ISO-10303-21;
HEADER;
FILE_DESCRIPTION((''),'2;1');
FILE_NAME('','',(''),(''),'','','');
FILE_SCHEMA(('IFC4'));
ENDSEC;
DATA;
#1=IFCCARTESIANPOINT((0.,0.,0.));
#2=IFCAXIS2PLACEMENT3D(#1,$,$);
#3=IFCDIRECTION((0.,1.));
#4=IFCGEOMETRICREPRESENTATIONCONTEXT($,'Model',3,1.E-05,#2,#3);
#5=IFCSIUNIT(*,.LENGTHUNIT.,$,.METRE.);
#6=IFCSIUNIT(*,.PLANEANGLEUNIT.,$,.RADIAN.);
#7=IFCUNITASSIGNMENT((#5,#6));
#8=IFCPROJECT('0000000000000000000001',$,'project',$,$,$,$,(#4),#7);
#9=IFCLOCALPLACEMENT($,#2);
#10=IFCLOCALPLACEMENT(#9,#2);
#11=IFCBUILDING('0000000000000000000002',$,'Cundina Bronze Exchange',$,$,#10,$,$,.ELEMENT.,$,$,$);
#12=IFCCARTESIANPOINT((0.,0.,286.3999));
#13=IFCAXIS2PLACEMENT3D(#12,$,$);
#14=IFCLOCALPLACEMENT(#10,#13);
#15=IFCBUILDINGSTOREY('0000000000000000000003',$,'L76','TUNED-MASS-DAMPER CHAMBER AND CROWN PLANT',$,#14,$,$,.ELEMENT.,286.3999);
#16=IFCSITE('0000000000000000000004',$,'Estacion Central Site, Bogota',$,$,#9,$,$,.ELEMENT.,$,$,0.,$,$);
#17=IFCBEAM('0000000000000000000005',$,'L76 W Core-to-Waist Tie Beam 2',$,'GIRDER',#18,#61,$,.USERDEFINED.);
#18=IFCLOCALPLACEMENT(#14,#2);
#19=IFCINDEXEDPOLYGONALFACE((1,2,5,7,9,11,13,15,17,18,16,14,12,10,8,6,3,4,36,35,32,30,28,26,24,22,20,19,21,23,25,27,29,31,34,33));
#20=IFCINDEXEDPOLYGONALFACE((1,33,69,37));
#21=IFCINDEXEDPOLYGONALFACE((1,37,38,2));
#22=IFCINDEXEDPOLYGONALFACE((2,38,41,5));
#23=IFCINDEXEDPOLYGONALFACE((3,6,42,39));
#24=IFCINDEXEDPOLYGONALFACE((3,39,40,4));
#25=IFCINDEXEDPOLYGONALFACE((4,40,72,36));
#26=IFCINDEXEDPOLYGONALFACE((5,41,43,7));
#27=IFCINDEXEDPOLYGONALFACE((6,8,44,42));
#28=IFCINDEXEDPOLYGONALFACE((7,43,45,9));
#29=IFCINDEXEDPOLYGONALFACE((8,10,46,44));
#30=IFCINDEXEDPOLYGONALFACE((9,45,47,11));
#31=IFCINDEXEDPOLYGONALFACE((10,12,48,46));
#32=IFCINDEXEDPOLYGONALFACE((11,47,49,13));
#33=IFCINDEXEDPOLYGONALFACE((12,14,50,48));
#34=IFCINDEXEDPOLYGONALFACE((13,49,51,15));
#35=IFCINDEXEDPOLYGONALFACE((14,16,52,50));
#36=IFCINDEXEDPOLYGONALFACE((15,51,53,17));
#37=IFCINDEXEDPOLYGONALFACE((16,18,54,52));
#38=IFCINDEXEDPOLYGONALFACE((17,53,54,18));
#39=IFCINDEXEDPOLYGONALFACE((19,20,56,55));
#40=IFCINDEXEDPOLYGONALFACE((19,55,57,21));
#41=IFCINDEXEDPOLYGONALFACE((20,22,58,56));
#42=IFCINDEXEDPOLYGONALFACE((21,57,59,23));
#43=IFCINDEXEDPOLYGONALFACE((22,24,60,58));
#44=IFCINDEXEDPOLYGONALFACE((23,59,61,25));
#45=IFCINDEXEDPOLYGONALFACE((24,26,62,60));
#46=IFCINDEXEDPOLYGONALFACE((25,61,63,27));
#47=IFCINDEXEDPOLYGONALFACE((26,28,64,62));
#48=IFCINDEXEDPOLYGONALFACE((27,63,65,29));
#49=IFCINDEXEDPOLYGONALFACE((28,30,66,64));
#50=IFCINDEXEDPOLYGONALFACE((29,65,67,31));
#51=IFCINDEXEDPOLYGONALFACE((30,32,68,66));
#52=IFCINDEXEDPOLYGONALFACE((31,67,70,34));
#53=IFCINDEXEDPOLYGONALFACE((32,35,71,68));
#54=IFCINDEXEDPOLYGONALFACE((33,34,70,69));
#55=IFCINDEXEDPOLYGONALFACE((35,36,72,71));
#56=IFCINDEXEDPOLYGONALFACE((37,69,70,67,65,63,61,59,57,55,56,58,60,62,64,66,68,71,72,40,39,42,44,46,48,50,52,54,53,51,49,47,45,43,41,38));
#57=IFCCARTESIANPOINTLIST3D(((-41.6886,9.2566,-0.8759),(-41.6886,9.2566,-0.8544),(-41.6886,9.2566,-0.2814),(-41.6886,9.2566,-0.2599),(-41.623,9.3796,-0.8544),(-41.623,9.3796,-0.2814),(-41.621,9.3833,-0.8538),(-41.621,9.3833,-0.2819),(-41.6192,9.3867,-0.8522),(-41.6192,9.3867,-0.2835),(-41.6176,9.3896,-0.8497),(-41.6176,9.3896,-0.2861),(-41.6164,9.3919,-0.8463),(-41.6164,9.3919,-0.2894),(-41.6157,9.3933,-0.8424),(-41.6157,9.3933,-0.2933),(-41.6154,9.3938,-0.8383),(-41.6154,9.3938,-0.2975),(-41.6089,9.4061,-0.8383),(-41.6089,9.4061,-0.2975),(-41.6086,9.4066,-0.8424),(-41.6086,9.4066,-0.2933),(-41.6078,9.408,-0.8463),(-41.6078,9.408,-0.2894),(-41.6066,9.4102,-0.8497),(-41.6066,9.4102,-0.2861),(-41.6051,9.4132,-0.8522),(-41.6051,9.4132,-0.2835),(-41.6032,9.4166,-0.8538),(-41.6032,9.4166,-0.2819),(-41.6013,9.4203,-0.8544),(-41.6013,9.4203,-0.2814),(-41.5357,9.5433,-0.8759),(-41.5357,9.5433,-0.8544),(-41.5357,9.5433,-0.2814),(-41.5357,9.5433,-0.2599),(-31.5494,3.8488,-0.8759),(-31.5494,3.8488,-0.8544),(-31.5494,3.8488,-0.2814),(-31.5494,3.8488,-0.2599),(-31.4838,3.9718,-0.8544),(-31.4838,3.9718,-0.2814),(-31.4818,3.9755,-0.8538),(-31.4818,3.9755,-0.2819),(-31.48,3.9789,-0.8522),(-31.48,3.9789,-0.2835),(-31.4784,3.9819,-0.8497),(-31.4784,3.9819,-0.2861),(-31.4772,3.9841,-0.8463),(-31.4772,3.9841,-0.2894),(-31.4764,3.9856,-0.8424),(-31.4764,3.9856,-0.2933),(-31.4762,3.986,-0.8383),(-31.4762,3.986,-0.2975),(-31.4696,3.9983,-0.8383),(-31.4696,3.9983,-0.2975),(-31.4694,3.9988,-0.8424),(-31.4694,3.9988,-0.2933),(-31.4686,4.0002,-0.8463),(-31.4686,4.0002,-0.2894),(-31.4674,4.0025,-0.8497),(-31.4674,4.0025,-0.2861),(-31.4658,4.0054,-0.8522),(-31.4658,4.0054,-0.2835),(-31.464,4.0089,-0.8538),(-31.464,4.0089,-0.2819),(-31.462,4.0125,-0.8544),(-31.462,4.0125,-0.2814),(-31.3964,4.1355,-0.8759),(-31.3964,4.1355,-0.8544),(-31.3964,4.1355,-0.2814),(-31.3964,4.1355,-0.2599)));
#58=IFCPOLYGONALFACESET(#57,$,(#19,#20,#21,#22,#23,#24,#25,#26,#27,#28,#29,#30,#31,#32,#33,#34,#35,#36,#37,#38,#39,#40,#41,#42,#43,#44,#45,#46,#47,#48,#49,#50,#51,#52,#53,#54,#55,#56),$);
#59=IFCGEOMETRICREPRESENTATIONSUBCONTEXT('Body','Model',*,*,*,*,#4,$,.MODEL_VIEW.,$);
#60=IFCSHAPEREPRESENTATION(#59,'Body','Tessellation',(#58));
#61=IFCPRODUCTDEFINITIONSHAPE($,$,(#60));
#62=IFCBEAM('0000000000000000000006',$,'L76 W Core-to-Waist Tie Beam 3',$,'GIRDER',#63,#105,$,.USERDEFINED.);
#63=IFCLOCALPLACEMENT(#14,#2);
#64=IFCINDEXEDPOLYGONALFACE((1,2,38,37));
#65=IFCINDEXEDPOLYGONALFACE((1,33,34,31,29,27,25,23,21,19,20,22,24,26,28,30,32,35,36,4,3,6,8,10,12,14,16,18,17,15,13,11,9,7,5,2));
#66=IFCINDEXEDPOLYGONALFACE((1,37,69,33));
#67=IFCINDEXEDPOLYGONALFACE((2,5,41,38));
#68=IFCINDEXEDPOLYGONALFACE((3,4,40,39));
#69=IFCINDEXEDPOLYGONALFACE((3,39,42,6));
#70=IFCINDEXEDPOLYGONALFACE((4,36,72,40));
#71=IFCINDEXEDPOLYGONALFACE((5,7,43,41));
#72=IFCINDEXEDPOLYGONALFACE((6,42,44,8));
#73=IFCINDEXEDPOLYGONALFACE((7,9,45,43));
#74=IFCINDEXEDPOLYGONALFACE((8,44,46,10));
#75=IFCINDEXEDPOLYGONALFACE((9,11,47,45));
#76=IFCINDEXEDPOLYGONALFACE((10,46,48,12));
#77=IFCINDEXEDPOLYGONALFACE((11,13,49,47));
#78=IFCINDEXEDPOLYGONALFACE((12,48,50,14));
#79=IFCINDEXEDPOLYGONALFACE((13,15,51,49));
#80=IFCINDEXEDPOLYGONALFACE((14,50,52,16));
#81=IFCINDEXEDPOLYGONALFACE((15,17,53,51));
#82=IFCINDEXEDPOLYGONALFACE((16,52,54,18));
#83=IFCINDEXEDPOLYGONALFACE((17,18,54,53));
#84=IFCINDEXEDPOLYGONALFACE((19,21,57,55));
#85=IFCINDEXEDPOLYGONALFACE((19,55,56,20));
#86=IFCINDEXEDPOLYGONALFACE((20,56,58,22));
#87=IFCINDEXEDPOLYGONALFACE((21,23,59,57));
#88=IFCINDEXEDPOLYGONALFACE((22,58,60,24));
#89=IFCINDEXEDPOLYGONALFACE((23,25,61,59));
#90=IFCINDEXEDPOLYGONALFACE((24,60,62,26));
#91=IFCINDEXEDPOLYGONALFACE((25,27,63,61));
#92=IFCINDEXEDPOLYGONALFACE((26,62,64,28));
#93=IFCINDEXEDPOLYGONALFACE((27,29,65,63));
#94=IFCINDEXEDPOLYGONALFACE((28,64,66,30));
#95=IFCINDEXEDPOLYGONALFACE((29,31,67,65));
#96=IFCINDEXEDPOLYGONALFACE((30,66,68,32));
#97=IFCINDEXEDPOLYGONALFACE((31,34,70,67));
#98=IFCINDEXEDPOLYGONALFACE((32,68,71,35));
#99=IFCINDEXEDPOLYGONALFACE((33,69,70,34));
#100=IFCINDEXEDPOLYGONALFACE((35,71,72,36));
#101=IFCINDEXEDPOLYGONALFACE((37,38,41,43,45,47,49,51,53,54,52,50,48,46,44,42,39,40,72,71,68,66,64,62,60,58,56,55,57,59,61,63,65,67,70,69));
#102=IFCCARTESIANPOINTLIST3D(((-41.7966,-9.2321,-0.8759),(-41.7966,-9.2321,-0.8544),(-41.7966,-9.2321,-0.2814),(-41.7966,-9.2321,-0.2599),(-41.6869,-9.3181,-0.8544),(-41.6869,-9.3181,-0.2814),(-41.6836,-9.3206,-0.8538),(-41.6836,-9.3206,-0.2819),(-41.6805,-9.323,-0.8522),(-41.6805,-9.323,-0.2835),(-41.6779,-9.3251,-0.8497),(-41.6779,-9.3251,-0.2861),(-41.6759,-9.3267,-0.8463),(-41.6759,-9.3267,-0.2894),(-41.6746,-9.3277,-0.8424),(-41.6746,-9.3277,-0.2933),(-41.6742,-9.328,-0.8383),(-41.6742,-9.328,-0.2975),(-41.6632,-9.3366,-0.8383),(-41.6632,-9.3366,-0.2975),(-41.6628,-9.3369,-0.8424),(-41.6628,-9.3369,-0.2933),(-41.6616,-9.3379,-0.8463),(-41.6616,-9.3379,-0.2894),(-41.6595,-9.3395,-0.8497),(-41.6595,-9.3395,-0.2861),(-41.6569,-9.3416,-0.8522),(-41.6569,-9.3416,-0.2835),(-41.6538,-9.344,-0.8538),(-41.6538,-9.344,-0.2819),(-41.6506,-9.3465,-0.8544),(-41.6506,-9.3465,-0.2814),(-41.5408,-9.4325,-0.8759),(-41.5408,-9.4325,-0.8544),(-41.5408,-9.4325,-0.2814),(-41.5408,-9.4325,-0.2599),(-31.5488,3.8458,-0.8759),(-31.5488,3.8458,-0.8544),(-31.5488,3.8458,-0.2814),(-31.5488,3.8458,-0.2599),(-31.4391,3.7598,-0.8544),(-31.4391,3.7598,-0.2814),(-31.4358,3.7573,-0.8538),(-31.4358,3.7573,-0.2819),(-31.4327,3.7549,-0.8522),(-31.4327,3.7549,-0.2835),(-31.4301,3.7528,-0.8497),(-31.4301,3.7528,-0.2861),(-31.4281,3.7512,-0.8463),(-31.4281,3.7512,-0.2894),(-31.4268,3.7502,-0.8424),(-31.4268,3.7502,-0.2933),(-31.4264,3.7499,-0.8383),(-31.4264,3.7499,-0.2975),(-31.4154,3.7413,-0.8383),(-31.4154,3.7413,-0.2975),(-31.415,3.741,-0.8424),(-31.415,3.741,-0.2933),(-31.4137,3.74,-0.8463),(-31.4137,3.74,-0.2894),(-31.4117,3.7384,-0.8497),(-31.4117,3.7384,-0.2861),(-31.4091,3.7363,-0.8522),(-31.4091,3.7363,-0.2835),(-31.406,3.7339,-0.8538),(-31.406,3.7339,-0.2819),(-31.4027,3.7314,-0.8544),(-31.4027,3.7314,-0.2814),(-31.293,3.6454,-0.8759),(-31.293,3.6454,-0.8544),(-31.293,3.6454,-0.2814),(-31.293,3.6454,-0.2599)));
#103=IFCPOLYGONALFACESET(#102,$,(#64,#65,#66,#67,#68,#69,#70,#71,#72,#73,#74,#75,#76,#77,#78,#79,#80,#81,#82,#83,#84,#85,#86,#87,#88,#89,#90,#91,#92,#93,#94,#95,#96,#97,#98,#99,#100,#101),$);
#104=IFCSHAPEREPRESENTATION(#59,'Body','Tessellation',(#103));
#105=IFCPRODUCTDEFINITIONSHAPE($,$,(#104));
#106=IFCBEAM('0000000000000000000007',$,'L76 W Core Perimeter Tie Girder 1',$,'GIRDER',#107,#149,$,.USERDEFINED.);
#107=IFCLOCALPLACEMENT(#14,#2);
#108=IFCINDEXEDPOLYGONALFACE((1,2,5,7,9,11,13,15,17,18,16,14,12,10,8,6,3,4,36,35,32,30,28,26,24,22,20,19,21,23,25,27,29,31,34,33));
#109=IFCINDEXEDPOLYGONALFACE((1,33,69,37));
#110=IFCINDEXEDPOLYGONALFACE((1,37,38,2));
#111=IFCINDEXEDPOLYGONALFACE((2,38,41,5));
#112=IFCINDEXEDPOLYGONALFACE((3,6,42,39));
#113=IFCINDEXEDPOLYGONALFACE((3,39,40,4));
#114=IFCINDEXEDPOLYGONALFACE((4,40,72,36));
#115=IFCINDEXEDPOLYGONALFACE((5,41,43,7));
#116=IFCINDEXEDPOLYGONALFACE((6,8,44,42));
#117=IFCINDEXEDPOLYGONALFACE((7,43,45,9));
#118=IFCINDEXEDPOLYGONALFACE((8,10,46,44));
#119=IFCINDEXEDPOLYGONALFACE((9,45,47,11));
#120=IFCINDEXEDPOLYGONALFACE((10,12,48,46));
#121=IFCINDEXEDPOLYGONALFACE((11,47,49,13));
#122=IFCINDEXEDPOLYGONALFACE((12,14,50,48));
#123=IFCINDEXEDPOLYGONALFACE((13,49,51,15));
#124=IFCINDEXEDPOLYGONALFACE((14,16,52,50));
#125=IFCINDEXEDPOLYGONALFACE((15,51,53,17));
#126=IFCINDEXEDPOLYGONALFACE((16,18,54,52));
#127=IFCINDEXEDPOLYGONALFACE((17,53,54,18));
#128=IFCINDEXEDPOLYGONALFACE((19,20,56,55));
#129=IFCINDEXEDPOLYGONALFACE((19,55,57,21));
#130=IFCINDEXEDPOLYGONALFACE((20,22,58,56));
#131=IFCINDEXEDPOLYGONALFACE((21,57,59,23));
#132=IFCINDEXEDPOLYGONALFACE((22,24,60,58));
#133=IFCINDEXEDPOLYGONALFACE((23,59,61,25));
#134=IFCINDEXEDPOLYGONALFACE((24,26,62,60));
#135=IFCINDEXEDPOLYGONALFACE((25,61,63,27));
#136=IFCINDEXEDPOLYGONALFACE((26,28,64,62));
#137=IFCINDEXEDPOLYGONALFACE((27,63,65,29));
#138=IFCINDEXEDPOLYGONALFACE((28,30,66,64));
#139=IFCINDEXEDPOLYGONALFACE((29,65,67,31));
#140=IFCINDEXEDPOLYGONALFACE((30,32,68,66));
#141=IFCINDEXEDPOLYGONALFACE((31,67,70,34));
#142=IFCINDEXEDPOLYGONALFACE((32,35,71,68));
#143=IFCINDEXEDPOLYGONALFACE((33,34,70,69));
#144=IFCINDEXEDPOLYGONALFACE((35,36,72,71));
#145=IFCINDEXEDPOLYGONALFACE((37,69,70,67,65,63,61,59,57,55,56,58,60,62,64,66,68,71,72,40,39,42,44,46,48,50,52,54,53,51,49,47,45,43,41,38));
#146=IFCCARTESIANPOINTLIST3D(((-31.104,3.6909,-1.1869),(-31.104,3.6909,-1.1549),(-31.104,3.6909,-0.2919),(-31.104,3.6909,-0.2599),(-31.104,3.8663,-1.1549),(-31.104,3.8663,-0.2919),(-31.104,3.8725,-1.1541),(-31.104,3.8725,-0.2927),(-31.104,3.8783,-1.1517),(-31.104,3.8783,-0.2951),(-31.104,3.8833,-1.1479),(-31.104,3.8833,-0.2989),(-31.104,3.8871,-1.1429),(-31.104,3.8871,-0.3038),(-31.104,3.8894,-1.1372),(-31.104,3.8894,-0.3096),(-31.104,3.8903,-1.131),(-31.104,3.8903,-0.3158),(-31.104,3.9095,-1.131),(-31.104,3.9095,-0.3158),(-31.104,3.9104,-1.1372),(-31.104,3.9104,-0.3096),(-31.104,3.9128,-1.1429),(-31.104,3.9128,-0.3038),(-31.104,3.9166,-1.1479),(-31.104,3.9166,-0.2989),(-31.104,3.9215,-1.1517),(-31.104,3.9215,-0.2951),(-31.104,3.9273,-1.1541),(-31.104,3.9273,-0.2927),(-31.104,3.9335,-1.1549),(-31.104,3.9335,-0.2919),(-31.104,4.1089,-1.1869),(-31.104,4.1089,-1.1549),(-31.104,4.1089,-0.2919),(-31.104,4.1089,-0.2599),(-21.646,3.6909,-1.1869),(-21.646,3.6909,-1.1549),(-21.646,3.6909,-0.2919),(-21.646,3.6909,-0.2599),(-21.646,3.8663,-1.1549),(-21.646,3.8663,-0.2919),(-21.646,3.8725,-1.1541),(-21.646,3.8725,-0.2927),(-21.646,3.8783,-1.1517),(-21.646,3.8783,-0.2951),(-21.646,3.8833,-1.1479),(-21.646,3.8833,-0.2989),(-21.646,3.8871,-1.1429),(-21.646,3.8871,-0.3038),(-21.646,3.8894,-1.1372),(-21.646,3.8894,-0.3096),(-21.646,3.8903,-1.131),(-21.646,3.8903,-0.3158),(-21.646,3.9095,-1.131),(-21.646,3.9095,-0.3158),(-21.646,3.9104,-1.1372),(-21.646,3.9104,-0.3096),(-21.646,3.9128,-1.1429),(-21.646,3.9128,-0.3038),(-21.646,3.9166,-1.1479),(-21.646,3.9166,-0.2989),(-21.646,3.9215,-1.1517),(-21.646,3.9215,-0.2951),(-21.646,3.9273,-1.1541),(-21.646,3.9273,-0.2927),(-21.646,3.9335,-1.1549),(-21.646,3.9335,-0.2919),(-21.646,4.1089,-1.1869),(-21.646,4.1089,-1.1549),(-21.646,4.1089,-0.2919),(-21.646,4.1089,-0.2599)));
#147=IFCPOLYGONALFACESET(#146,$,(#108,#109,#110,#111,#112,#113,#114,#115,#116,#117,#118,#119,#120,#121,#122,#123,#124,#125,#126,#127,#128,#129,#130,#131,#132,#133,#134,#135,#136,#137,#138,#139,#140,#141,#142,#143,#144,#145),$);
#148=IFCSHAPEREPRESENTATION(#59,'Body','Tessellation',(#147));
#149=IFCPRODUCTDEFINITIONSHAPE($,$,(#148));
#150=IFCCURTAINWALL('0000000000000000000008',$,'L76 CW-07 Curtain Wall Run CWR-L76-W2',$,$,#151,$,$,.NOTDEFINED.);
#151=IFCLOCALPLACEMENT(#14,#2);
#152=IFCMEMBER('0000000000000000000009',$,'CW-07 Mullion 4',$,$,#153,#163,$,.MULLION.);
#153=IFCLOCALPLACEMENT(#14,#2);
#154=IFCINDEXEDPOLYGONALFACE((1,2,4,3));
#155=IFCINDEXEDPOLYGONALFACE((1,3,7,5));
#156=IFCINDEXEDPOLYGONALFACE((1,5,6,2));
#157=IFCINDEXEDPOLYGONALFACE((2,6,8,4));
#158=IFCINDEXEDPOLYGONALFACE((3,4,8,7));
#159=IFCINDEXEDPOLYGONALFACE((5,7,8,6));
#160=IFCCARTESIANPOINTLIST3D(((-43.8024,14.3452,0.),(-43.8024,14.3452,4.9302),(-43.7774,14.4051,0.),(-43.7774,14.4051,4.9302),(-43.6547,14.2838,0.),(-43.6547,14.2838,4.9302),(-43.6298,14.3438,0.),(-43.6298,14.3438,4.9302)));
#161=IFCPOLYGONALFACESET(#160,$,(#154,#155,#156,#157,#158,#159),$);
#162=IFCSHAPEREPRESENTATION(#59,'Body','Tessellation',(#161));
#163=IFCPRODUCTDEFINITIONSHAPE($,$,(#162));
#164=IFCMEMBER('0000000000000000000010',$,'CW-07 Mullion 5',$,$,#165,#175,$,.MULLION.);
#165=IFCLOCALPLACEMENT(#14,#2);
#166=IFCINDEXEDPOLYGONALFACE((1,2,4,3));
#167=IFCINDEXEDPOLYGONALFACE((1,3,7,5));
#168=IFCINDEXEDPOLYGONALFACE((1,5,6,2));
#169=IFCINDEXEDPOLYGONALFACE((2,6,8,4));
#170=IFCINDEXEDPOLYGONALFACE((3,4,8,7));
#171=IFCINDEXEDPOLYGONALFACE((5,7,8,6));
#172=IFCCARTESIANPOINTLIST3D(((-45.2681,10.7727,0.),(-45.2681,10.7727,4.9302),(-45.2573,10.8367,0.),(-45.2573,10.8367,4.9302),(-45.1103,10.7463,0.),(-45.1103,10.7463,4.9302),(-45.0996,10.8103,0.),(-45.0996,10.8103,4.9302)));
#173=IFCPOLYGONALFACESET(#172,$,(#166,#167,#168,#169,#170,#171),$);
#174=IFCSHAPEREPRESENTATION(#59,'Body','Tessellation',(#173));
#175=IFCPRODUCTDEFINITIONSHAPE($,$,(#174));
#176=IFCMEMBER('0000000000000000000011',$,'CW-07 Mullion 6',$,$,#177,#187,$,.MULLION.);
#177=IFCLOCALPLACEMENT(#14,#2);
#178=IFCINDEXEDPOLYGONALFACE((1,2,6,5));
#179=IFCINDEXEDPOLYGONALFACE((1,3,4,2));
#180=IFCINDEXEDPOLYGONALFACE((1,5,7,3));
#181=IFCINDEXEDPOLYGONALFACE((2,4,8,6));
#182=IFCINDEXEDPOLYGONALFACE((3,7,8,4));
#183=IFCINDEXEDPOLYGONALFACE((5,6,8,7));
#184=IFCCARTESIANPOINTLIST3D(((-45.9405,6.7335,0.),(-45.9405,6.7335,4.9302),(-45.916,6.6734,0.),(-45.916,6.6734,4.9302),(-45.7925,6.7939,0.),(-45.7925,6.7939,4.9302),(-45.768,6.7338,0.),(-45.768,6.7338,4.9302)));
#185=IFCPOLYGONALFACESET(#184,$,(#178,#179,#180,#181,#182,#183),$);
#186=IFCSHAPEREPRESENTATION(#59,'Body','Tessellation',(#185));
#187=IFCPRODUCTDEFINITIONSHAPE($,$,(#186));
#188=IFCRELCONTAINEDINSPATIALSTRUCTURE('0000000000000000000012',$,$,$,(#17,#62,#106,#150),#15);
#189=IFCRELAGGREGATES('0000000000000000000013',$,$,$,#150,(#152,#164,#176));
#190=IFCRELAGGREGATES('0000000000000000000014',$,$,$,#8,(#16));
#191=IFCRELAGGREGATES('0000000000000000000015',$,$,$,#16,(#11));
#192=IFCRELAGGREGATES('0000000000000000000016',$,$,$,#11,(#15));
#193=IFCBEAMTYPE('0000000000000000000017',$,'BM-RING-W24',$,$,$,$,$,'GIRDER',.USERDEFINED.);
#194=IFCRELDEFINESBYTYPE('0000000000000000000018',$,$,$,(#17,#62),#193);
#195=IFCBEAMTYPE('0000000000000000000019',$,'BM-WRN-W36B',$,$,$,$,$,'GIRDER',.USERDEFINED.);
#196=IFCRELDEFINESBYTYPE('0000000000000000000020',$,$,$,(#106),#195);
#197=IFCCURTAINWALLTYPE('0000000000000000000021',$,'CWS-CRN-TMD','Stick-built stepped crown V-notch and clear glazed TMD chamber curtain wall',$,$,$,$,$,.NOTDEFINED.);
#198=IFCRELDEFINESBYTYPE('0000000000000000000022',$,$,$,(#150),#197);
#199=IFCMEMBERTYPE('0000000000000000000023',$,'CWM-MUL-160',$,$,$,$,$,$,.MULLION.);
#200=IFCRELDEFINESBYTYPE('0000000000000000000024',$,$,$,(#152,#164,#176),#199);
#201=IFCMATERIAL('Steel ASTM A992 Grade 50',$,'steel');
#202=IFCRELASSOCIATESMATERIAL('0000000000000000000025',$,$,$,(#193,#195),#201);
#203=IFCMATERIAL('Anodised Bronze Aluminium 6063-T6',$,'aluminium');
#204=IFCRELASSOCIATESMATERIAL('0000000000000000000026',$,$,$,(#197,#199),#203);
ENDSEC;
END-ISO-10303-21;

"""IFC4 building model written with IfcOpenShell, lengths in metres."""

from ifc_helpers import new_model, si_unit, direction, frame, origin, origin_2d, place, context, subcontext, project, spatial, rectangle, i_section, extrude, material, material_profile, profile_set, type_object, element, aggregate, save


model = new_model("IFC4")

# Units and contexts
model_context = context("Model", 3, precision=1e-05, world=origin(), true_north=direction((0.0, 1.0)))
body_context = subcontext(model_context, "Body", "Model", "MODEL_VIEW")
ifc_project = project(units=[si_unit("LENGTHUNIT", "METRE"), si_unit("PLANEANGLEUNIT", "RADIAN")], contexts=[model_context])

# Site, building, storey
site_placement = place(None, origin())
site = spatial("IfcSite", under=ifc_project, at=site_placement, Name="Estacion Central Site, Bogota", CompositionType="ELEMENT", RefElevation=0.0)
building_placement = place(site_placement, origin())
building = spatial("IfcBuilding", under=site, at=building_placement, Name="Cundina Bronze Exchange", CompositionType="ELEMENT")
storey_placement = place(building_placement, frame((0.0, 0.0, 286.3999)))
storey = spatial("IfcBuildingStorey", under=building, at=storey_placement, Name="L76", Description="TUNED-MASS-DAMPER CHAMBER AND CROWN PLANT", CompositionType="ELEMENT", Elevation=286.3999)

# Shared definitions
ifc_material_1 = material(Name="Steel ASTM A992 Grade 50", Category="steel")

# Beams
ifc_material_profile_1 = material_profile(ifc_material_1, i_section(OverallWidth=0.325, OverallDepth=0.616, WebThickness=0.0139, FlangeThickness=0.0215, FilletRadius=0.0161, at=origin_2d()), Name="W24X117", Category="steel")
ifc_profile_set_1 = profile_set([ifc_material_profile_1], Name="Steel ASTM A992 Grade 50")
beam_type_1 = type_object("IfcBeamType", Name="BM-RING-W24", ElementType="GIRDER", PredefinedType="USERDEFINED", material=ifc_profile_set_1)
beam_1_placement = place(storey_placement, frame((-31.4729, 3.9922, -0.5679), z_axis=(-0.882347, 0.470599, 0.0), x_axis=(-0.470599, -0.882347, 0.0)))
element("IfcBeam", 1, at=beam_1_placement, inside=storey, type_object=beam_type_1, Name="L76 W Core-to-Waist Tie Beam 2", ObjectType="GIRDER", PredefinedType="USERDEFINED", context=body_context, shape_type="SweptSolid", body=[
    extrude(i_section(OverallWidth=0.325, OverallDepth=0.616, WebThickness=0.0139, FlangeThickness=0.0215, FilletRadius=0.0161, at=origin_2d()), origin(), (0.0, 0.0, 1.0), 11.4912),
])
beam_2_placement = place(storey_placement, frame((-31.4209, 3.7456, -0.5679), z_axis=(-0.616791, -0.787127, 0.0), x_axis=(0.787127, -0.616791, 0.0)))
element("IfcBeam", 2, at=beam_2_placement, inside=storey, type_object=beam_type_1, Name="L76 W Core-to-Waist Tie Beam 3", ObjectType="GIRDER", PredefinedType="USERDEFINED", context=body_context, shape_type="SweptSolid", body=[
    extrude(i_section(OverallWidth=0.325, OverallDepth=0.616, WebThickness=0.0139, FlangeThickness=0.0215, FilletRadius=0.0161, at=origin_2d()), origin(), (0.0, 0.0, 1.0), 16.6147),
])
ifc_material_profile_2 = material_profile(ifc_material_1, i_section(OverallWidth=0.418, OverallDepth=0.927, WebThickness=0.0193, FlangeThickness=0.032, FilletRadius=0.0239, at=origin_2d()), Name="W36X231", Category="steel")
ifc_profile_set_2 = profile_set([ifc_material_profile_2], Name="Steel ASTM A992 Grade 50")
beam_type_2 = type_object("IfcBeamType", Name="BM-WRN-W36B", ElementType="GIRDER", PredefinedType="USERDEFINED", material=ifc_profile_set_2)
beam_3_placement = place(storey_placement, frame((-31.104, 3.8999, -0.7234), z_axis=(1.0, 0.0, 0.0), x_axis=(0.0, 1.0, 0.0)))
element("IfcBeam", 3, at=beam_3_placement, inside=storey, type_object=beam_type_2, Name="L76 W Core Perimeter Tie Girder 1", ObjectType="GIRDER", PredefinedType="USERDEFINED", context=body_context, shape_type="SweptSolid", body=[
    extrude(i_section(OverallWidth=0.418, OverallDepth=0.927, WebThickness=0.0193, FlangeThickness=0.032, FilletRadius=0.0239, at=origin_2d()), origin(), (0.0, 0.0, 1.0), 9.458),
])

# Curtain wall, members
ifc_material_2 = material(Name="Anodised Bronze Aluminium 6063-T6", Category="aluminium")
curtain_wall_type = type_object("IfcCurtainWallType", Name="CWS-CRN-TMD", Description="Stick-built stepped crown V-notch and clear glazed TMD chamber curtain wall", PredefinedType="NOTDEFINED", material=ifc_material_2)
curtain_wall_placement = place(storey_placement, origin())
curtain_wall = element("IfcCurtainWall", 4, at=curtain_wall_placement, inside=storey, type_object=curtain_wall_type, Name="L76 CW-07 Curtain Wall Run CWR-L76-W2", PredefinedType="NOTDEFINED")
ifc_material_profile_3 = material_profile(ifc_material_2, rectangle(XDim=0.0649, YDim=0.1599, at=origin_2d()), Name="AL65X160", Category="aluminium")
ifc_profile_set_3 = profile_set([ifc_material_profile_3], Name="Anodised Bronze Aluminium 6063-T6")
member_type_1 = type_object("IfcMemberType", Name="CWM-MUL-160", PredefinedType="MULLION", material=ifc_profile_set_3)
member_1_placement = place(storey_placement, frame((-43.7161, 14.3445, 0.0), z_axis=(0.0, 0.0, 1.0), x_axis=(-0.383651, -0.923478, 0.0)))
member_1 = element("IfcMember", 5, at=member_1_placement, type_object=member_type_1, Name="CW-07 Mullion 4", PredefinedType="MULLION", context=body_context, shape_type="SweptSolid", body=[
    extrude(rectangle(XDim=0.0649, YDim=0.1599, at=origin_2d()), origin(), (0.0, 0.0, 1.0), 4.9302),
])
member_2_placement = place(storey_placement, frame((-45.1838, 10.7915, 0.0), z_axis=(0.0, 0.0, 1.0), x_axis=(-0.165048, -0.986286, 0.0)))
member_2 = element("IfcMember", 6, at=member_2_placement, type_object=member_type_1, Name="CW-07 Mullion 5", PredefinedType="MULLION", context=body_context, shape_type="SweptSolid", body=[
    extrude(rectangle(XDim=0.0649, YDim=0.1599, at=origin_2d()), origin(), (0.0, 0.0, 1.0), 4.9302),
])
member_3_placement = place(storey_placement, frame((-45.8542, 6.7336, 0.0), z_axis=(0.0, 0.0, 1.0), x_axis=(0.377518, -0.926002, 0.0)))
member_3 = element("IfcMember", 7, at=member_3_placement, type_object=member_type_1, Name="CW-07 Mullion 6", PredefinedType="MULLION", context=body_context, shape_type="SweptSolid", body=[
    extrude(rectangle(XDim=0.0649, YDim=0.1599, at=origin_2d()), origin(), (0.0, 0.0, 1.0), 4.9302),
])

aggregate(curtain_wall, [member_1, member_2, member_3])

save(model, "model.ifc")
